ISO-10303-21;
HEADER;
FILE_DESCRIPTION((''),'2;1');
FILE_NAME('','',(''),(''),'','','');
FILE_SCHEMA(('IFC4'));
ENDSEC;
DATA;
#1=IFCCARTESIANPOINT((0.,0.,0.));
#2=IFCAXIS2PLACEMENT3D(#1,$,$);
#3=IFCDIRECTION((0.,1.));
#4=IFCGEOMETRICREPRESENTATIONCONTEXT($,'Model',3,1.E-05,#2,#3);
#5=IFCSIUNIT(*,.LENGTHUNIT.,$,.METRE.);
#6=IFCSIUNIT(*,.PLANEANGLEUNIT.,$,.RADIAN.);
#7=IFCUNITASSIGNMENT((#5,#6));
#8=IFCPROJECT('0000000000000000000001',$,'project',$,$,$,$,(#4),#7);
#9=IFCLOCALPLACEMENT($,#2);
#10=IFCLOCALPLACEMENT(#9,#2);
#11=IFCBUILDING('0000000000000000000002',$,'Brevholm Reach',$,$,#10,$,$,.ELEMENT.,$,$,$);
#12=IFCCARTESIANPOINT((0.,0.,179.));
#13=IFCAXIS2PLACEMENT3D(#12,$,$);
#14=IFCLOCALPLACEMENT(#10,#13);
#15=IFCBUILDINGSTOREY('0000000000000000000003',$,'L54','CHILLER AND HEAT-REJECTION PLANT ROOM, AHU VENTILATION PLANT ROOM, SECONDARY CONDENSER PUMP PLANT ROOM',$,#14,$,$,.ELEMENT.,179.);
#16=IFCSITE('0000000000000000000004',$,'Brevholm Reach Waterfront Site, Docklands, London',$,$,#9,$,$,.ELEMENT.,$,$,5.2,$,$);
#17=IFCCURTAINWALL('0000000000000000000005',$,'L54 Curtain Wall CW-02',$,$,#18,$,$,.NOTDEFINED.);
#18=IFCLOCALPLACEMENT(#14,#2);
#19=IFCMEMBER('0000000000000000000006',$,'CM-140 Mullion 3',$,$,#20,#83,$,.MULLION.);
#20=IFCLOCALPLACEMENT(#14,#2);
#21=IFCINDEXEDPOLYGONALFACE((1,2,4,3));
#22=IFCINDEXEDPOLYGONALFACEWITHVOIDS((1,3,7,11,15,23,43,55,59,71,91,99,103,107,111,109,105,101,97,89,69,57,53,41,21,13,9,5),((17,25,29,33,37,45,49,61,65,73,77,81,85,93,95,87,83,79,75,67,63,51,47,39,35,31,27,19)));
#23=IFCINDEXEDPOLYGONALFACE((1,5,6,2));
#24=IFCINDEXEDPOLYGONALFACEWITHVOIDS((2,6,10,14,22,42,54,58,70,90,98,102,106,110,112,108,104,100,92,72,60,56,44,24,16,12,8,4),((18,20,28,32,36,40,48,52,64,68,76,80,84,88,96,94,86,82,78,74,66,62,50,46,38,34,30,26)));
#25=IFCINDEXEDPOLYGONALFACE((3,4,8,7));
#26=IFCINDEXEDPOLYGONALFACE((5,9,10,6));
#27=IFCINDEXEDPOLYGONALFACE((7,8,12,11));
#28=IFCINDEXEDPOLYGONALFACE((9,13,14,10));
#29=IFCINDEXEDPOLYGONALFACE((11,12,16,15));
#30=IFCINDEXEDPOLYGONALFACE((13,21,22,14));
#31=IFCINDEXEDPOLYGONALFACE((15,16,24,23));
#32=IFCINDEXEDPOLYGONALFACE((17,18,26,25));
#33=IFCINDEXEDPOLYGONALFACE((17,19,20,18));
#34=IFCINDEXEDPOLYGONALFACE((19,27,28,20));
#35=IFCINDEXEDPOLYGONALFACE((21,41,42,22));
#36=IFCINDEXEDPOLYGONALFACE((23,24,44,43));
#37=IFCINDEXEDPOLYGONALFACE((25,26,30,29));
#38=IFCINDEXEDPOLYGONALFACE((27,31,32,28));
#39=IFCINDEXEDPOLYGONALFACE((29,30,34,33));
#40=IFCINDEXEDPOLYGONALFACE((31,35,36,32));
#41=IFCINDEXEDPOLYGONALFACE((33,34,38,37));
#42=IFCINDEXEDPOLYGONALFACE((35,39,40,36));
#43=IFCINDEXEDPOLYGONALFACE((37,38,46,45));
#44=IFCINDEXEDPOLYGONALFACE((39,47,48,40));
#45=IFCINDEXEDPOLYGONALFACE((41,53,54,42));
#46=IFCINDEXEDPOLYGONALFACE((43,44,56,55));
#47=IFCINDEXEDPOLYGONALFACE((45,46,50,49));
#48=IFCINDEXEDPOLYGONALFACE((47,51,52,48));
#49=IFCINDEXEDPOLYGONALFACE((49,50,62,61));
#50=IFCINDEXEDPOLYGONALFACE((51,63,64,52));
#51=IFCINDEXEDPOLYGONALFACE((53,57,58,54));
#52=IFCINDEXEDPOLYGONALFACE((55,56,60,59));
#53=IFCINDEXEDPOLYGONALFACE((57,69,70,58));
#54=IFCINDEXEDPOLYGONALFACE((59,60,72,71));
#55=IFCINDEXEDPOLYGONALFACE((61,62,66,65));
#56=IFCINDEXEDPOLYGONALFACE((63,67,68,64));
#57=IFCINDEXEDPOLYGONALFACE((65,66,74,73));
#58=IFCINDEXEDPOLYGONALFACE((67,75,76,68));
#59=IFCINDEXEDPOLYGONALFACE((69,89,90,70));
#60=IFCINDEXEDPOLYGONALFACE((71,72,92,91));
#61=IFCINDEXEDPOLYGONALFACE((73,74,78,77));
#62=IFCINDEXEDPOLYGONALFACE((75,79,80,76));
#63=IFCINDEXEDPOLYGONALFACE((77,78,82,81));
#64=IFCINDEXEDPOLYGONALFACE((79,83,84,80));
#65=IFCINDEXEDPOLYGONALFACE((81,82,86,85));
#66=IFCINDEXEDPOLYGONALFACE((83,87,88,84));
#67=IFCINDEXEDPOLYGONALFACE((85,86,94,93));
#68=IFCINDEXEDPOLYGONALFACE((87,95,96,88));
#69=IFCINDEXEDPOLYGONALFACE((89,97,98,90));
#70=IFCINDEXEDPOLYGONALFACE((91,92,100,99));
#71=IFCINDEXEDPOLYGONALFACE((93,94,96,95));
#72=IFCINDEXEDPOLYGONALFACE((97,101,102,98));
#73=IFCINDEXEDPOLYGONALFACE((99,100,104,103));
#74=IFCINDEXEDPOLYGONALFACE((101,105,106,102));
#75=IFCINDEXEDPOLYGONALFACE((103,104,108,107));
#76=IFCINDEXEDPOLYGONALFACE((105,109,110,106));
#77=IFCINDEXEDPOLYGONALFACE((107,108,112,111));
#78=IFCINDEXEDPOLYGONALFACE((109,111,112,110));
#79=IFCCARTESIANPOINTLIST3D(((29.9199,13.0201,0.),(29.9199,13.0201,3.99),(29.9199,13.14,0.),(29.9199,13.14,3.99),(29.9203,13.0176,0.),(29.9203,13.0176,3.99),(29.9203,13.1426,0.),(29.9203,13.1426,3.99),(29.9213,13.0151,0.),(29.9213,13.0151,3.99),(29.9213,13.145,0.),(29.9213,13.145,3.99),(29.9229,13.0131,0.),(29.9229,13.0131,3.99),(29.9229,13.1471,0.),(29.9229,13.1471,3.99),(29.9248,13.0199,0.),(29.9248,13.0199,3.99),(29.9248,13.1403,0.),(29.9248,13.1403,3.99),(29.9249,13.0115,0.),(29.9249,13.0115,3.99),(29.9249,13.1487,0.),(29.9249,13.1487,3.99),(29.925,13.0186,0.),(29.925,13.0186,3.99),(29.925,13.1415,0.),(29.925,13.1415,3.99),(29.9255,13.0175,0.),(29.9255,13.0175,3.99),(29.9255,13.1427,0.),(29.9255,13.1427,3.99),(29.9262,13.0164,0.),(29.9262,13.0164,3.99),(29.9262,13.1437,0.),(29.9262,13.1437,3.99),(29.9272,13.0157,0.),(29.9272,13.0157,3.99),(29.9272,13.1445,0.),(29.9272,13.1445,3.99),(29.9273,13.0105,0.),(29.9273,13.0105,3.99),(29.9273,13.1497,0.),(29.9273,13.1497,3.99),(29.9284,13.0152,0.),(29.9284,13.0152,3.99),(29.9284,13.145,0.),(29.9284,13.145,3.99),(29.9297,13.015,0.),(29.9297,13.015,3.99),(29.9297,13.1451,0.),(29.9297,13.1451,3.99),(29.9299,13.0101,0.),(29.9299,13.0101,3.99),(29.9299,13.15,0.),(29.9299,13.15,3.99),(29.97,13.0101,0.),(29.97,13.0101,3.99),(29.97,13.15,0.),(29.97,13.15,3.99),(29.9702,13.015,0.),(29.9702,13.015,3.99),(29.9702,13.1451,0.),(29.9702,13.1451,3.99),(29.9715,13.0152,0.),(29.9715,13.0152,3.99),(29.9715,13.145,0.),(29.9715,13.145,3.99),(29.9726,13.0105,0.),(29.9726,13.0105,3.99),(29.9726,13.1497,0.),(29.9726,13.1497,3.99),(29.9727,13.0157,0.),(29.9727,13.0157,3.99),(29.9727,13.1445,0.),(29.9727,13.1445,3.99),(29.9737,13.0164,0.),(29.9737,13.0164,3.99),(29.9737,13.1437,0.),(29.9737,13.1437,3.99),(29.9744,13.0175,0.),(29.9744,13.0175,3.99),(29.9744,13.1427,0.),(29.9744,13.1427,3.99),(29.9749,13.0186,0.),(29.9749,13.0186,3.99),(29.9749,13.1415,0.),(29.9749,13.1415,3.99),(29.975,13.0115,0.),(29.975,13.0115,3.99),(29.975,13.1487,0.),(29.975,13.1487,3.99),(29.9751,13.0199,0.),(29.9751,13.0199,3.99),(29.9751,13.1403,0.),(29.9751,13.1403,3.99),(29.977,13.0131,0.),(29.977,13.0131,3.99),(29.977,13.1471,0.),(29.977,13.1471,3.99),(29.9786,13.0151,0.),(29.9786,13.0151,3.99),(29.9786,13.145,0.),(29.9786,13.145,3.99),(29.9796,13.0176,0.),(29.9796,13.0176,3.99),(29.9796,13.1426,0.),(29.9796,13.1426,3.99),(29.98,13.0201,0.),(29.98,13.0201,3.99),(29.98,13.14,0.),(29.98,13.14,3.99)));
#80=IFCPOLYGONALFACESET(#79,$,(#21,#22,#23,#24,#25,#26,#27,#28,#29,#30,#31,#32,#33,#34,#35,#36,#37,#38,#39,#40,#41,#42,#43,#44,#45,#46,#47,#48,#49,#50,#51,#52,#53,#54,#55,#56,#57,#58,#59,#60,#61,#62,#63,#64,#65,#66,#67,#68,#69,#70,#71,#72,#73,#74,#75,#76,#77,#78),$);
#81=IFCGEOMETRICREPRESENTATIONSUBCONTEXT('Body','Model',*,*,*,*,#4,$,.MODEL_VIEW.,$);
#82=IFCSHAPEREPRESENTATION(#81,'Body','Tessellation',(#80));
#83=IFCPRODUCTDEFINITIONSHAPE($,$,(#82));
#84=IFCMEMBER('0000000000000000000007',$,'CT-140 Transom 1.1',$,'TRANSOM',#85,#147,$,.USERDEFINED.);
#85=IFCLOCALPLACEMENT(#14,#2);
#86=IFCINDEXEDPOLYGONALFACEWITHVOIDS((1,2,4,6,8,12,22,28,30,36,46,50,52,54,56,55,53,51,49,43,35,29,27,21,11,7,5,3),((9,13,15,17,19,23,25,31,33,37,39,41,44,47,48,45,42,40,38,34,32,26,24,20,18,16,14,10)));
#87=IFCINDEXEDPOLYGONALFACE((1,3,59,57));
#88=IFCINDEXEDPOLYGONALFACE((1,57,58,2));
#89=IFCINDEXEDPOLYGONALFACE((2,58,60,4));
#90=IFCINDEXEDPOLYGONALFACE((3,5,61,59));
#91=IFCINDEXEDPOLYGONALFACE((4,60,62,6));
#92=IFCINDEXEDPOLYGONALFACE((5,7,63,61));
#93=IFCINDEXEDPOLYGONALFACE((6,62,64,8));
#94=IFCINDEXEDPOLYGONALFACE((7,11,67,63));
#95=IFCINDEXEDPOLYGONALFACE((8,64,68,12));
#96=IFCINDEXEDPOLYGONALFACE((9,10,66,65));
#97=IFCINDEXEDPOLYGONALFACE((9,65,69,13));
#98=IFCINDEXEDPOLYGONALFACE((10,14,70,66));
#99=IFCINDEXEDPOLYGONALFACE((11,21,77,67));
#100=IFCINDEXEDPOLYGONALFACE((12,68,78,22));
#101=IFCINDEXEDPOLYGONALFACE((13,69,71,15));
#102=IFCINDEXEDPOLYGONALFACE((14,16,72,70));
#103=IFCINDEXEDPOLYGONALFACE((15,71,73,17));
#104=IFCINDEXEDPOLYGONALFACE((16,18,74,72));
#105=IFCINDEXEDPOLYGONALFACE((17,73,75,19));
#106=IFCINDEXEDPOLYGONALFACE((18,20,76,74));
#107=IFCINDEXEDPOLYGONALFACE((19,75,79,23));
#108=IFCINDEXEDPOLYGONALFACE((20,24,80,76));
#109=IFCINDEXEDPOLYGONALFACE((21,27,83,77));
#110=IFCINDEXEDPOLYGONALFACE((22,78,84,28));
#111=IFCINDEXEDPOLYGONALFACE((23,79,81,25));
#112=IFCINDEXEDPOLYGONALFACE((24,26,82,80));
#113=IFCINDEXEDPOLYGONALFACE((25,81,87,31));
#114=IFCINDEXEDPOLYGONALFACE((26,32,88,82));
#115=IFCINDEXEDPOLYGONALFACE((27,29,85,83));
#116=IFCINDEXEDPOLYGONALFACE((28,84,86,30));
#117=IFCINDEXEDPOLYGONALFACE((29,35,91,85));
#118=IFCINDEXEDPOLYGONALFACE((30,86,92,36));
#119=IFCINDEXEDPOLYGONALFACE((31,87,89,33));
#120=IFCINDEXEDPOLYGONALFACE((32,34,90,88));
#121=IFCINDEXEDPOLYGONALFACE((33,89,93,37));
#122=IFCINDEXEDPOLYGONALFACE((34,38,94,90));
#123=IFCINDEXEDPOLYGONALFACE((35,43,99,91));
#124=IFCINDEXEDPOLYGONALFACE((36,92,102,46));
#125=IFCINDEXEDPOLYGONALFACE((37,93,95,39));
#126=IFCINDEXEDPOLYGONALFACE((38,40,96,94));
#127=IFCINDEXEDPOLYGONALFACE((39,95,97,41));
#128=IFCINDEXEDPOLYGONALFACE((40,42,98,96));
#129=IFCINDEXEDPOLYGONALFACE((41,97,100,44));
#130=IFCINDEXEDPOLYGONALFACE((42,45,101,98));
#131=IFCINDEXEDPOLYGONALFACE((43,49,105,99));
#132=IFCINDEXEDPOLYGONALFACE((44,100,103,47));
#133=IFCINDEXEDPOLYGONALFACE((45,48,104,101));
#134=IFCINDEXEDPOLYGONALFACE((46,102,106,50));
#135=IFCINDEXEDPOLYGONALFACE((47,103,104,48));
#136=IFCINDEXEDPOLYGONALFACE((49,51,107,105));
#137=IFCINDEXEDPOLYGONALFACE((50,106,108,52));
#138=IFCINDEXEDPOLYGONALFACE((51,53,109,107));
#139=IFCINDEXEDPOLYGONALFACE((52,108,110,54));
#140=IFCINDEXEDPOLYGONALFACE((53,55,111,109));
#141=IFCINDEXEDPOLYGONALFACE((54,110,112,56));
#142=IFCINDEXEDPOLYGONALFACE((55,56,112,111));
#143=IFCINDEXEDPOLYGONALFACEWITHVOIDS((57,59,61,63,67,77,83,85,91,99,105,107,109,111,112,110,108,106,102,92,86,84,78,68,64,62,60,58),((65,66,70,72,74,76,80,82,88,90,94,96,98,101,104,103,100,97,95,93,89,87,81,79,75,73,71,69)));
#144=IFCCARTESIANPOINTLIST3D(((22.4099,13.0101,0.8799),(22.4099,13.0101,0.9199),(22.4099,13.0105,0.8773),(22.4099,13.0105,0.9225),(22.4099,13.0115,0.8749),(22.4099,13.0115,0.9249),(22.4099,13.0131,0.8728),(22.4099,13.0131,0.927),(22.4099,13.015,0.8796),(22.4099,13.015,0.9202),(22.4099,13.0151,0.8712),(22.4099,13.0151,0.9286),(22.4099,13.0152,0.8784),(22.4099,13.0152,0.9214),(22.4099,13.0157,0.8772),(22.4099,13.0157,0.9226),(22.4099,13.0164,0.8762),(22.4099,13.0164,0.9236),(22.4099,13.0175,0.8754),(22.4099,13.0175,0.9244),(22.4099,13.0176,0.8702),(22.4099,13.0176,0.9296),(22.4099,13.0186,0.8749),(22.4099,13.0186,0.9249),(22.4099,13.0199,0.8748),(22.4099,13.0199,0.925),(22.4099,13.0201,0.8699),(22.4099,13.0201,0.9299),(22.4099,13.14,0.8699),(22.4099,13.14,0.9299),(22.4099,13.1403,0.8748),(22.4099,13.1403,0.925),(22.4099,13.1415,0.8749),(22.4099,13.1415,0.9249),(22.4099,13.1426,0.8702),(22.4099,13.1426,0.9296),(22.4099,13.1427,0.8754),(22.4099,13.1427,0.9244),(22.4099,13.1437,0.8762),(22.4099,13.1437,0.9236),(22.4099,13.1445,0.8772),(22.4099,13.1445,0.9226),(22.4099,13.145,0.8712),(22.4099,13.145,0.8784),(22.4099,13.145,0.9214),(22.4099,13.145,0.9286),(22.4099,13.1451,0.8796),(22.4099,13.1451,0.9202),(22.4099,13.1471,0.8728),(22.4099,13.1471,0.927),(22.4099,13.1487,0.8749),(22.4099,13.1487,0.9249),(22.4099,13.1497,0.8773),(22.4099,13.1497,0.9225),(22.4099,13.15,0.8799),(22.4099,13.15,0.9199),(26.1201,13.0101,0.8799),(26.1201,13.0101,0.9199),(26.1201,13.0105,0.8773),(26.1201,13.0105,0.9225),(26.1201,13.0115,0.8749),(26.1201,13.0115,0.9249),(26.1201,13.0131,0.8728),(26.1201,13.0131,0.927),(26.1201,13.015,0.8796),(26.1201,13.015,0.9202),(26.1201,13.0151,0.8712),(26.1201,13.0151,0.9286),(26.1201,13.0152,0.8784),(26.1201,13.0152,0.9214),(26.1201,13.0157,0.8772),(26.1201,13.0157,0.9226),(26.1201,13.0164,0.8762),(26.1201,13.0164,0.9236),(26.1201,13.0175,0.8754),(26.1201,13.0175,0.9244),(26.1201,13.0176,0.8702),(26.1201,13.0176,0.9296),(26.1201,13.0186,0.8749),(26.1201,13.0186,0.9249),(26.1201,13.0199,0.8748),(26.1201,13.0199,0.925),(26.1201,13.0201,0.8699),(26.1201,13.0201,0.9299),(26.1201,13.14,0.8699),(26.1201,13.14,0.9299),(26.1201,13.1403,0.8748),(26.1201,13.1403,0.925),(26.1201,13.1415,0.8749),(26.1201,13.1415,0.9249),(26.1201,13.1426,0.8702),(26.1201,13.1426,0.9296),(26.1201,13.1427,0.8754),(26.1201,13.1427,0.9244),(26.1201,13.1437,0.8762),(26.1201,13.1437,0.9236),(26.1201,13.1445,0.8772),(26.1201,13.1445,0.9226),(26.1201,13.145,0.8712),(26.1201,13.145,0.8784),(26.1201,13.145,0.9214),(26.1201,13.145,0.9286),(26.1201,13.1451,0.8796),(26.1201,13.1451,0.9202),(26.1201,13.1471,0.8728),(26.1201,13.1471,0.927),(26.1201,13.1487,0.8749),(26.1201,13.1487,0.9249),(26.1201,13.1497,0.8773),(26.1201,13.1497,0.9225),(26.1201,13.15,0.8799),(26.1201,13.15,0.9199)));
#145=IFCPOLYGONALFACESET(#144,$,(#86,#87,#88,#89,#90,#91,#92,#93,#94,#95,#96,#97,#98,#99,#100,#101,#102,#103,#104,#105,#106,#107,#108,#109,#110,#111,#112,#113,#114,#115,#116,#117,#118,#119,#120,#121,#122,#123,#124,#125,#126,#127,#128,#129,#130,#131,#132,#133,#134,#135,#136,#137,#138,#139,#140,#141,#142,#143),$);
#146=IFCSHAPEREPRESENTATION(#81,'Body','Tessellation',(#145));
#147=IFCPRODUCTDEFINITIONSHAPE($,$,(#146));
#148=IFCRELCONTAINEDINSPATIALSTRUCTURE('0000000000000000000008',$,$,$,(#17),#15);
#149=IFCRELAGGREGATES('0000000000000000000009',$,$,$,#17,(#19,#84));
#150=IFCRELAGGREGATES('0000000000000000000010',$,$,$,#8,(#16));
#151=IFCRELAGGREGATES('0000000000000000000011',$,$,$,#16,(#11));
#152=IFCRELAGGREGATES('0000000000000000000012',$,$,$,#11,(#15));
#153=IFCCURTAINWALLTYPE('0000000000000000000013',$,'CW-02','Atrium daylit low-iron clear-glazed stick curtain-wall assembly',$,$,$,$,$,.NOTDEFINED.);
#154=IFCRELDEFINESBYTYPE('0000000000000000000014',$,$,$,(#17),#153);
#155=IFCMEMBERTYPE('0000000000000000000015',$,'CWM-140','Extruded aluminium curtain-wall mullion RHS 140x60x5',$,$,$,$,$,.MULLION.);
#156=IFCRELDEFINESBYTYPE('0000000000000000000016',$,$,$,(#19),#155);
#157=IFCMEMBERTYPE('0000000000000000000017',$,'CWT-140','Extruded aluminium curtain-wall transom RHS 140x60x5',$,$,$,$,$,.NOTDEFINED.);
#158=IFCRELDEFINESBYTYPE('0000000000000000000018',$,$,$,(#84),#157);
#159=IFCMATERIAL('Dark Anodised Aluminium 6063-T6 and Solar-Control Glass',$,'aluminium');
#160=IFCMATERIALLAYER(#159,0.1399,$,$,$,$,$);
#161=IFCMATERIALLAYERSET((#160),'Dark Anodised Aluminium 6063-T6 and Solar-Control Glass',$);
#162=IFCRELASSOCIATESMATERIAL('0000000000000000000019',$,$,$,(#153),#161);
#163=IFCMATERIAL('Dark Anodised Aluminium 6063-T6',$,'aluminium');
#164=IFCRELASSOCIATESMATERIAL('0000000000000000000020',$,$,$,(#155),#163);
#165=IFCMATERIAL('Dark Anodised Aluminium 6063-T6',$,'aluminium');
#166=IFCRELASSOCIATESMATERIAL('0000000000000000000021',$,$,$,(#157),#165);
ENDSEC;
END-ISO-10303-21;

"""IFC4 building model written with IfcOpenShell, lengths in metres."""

from ifc_helpers import new_model, si_unit, direction, frame, origin, origin_2d, place, context, subcontext, project, spatial, hollow_rectangle, extrude, material, layer, layer_set, material_profile, profile_set, type_object, element, aggregate, save


model = new_model("IFC4")

# Units and contexts
model_context = context("Model", 3, precision=1e-05, world=origin(), true_north=direction((0.0, 1.0)))
body_context = subcontext(model_context, "Body", "Model", "MODEL_VIEW")
ifc_project = project(units=[si_unit("LENGTHUNIT", "METRE"), si_unit("PLANEANGLEUNIT", "RADIAN")], contexts=[model_context])

# Site, building, storey
site_placement = place(None, origin())
site = spatial("IfcSite", under=ifc_project, at=site_placement, Name="Brevholm Reach Waterfront Site, Docklands, London", CompositionType="ELEMENT", RefElevation=5.2)
building_placement = place(site_placement, origin())
building = spatial("IfcBuilding", under=site, at=building_placement, Name="Brevholm Reach", CompositionType="ELEMENT")
storey_placement = place(building_placement, frame((0.0, 0.0, 179.0)))
storey = spatial("IfcBuildingStorey", under=building, at=storey_placement, Name="L54", Description="CHILLER AND HEAT-REJECTION PLANT ROOM, AHU VENTILATION PLANT ROOM, SECONDARY CONDENSER PUMP PLANT ROOM", CompositionType="ELEMENT", Elevation=179.0)

# Curtain wall, members
ifc_material_1 = material(Name="Dark Anodised Aluminium 6063-T6 and Solar-Control Glass", Category="aluminium")
ifc_layer_1 = layer(ifc_material_1, 0.1399)
ifc_layer_set_1 = layer_set([ifc_layer_1], Name="Dark Anodised Aluminium 6063-T6 and Solar-Control Glass")
curtain_wall_type = type_object("IfcCurtainWallType", Name="CW-02", Description="Atrium daylit low-iron clear-glazed stick curtain-wall assembly", PredefinedType="NOTDEFINED", material=ifc_layer_set_1)
curtain_wall_placement = place(storey_placement, origin())
curtain_wall = element("IfcCurtainWall", 1, at=curtain_wall_placement, inside=storey, type_object=curtain_wall_type, Name="L54 Curtain Wall CW-02", PredefinedType="NOTDEFINED")
ifc_material_2 = material(Name="Dark Anodised Aluminium 6063-T6", Category="aluminium")
ifc_material_profile_1 = material_profile(ifc_material_2, hollow_rectangle(XDim=0.0601, YDim=0.1399, WallThickness=0.0049, InnerFilletRadius=0.0049, OuterFilletRadius=0.01, at=origin_2d()), Name="RHS 140x60x5")
ifc_profile_set_1 = profile_set([ifc_material_profile_1], Name="Dark Anodised Aluminium 6063-T6")
member_type_1 = type_object("IfcMemberType", Name="CWM-140", Description="Extruded aluminium curtain-wall mullion RHS 140x60x5", PredefinedType="MULLION", material=ifc_profile_set_1)
member_1_placement = place(storey_placement, frame((29.95, 13.0801, 0.0), z_axis=(0.0, 0.0, 1.0), x_axis=(1.0, 0.0, 0.0)))
member_1 = element("IfcMember", 2, at=member_1_placement, type_object=member_type_1, Name="CM-140 Mullion 3", PredefinedType="MULLION", context=body_context, shape_type="SweptSolid", body=[
    extrude(hollow_rectangle(XDim=0.0601, YDim=0.1399, WallThickness=0.0049, InnerFilletRadius=0.0049, OuterFilletRadius=0.01, at=origin_2d()), origin(), (0.0, 0.0, 1.0), 3.99),
])
ifc_material_3 = material(Name="Dark Anodised Aluminium 6063-T6", Category="aluminium")
ifc_material_profile_2 = material_profile(ifc_material_3, hollow_rectangle(XDim=0.0601, YDim=0.1399, WallThickness=0.0049, InnerFilletRadius=0.0049, OuterFilletRadius=0.01, at=origin_2d()), Name="RHS 140x60x5")
ifc_profile_set_2 = profile_set([ifc_material_profile_2], Name="Dark Anodised Aluminium 6063-T6")
member_type_2 = type_object("IfcMemberType", Name="CWT-140", Description="Extruded aluminium curtain-wall transom RHS 140x60x5", PredefinedType="NOTDEFINED", material=ifc_profile_set_2)
member_2_placement = place(storey_placement, frame((22.4099, 13.0801, 0.8999), z_axis=(1.0, 0.0, 0.0), x_axis=(0.0, 0.0, 1.0)))
member_2 = element("IfcMember", 3, at=member_2_placement, type_object=member_type_2, Name="CT-140 Transom 1.1", ObjectType="TRANSOM", PredefinedType="USERDEFINED", context=body_context, shape_type="SweptSolid", body=[
    extrude(hollow_rectangle(XDim=0.0601, YDim=0.1399, WallThickness=0.0049, InnerFilletRadius=0.0049, OuterFilletRadius=0.01, at=origin_2d()), origin(), (0.0, 0.0, 1.0), 3.7102),
])
aggregate(curtain_wall, [member_1, member_2])

save(model, "model.ifc")
